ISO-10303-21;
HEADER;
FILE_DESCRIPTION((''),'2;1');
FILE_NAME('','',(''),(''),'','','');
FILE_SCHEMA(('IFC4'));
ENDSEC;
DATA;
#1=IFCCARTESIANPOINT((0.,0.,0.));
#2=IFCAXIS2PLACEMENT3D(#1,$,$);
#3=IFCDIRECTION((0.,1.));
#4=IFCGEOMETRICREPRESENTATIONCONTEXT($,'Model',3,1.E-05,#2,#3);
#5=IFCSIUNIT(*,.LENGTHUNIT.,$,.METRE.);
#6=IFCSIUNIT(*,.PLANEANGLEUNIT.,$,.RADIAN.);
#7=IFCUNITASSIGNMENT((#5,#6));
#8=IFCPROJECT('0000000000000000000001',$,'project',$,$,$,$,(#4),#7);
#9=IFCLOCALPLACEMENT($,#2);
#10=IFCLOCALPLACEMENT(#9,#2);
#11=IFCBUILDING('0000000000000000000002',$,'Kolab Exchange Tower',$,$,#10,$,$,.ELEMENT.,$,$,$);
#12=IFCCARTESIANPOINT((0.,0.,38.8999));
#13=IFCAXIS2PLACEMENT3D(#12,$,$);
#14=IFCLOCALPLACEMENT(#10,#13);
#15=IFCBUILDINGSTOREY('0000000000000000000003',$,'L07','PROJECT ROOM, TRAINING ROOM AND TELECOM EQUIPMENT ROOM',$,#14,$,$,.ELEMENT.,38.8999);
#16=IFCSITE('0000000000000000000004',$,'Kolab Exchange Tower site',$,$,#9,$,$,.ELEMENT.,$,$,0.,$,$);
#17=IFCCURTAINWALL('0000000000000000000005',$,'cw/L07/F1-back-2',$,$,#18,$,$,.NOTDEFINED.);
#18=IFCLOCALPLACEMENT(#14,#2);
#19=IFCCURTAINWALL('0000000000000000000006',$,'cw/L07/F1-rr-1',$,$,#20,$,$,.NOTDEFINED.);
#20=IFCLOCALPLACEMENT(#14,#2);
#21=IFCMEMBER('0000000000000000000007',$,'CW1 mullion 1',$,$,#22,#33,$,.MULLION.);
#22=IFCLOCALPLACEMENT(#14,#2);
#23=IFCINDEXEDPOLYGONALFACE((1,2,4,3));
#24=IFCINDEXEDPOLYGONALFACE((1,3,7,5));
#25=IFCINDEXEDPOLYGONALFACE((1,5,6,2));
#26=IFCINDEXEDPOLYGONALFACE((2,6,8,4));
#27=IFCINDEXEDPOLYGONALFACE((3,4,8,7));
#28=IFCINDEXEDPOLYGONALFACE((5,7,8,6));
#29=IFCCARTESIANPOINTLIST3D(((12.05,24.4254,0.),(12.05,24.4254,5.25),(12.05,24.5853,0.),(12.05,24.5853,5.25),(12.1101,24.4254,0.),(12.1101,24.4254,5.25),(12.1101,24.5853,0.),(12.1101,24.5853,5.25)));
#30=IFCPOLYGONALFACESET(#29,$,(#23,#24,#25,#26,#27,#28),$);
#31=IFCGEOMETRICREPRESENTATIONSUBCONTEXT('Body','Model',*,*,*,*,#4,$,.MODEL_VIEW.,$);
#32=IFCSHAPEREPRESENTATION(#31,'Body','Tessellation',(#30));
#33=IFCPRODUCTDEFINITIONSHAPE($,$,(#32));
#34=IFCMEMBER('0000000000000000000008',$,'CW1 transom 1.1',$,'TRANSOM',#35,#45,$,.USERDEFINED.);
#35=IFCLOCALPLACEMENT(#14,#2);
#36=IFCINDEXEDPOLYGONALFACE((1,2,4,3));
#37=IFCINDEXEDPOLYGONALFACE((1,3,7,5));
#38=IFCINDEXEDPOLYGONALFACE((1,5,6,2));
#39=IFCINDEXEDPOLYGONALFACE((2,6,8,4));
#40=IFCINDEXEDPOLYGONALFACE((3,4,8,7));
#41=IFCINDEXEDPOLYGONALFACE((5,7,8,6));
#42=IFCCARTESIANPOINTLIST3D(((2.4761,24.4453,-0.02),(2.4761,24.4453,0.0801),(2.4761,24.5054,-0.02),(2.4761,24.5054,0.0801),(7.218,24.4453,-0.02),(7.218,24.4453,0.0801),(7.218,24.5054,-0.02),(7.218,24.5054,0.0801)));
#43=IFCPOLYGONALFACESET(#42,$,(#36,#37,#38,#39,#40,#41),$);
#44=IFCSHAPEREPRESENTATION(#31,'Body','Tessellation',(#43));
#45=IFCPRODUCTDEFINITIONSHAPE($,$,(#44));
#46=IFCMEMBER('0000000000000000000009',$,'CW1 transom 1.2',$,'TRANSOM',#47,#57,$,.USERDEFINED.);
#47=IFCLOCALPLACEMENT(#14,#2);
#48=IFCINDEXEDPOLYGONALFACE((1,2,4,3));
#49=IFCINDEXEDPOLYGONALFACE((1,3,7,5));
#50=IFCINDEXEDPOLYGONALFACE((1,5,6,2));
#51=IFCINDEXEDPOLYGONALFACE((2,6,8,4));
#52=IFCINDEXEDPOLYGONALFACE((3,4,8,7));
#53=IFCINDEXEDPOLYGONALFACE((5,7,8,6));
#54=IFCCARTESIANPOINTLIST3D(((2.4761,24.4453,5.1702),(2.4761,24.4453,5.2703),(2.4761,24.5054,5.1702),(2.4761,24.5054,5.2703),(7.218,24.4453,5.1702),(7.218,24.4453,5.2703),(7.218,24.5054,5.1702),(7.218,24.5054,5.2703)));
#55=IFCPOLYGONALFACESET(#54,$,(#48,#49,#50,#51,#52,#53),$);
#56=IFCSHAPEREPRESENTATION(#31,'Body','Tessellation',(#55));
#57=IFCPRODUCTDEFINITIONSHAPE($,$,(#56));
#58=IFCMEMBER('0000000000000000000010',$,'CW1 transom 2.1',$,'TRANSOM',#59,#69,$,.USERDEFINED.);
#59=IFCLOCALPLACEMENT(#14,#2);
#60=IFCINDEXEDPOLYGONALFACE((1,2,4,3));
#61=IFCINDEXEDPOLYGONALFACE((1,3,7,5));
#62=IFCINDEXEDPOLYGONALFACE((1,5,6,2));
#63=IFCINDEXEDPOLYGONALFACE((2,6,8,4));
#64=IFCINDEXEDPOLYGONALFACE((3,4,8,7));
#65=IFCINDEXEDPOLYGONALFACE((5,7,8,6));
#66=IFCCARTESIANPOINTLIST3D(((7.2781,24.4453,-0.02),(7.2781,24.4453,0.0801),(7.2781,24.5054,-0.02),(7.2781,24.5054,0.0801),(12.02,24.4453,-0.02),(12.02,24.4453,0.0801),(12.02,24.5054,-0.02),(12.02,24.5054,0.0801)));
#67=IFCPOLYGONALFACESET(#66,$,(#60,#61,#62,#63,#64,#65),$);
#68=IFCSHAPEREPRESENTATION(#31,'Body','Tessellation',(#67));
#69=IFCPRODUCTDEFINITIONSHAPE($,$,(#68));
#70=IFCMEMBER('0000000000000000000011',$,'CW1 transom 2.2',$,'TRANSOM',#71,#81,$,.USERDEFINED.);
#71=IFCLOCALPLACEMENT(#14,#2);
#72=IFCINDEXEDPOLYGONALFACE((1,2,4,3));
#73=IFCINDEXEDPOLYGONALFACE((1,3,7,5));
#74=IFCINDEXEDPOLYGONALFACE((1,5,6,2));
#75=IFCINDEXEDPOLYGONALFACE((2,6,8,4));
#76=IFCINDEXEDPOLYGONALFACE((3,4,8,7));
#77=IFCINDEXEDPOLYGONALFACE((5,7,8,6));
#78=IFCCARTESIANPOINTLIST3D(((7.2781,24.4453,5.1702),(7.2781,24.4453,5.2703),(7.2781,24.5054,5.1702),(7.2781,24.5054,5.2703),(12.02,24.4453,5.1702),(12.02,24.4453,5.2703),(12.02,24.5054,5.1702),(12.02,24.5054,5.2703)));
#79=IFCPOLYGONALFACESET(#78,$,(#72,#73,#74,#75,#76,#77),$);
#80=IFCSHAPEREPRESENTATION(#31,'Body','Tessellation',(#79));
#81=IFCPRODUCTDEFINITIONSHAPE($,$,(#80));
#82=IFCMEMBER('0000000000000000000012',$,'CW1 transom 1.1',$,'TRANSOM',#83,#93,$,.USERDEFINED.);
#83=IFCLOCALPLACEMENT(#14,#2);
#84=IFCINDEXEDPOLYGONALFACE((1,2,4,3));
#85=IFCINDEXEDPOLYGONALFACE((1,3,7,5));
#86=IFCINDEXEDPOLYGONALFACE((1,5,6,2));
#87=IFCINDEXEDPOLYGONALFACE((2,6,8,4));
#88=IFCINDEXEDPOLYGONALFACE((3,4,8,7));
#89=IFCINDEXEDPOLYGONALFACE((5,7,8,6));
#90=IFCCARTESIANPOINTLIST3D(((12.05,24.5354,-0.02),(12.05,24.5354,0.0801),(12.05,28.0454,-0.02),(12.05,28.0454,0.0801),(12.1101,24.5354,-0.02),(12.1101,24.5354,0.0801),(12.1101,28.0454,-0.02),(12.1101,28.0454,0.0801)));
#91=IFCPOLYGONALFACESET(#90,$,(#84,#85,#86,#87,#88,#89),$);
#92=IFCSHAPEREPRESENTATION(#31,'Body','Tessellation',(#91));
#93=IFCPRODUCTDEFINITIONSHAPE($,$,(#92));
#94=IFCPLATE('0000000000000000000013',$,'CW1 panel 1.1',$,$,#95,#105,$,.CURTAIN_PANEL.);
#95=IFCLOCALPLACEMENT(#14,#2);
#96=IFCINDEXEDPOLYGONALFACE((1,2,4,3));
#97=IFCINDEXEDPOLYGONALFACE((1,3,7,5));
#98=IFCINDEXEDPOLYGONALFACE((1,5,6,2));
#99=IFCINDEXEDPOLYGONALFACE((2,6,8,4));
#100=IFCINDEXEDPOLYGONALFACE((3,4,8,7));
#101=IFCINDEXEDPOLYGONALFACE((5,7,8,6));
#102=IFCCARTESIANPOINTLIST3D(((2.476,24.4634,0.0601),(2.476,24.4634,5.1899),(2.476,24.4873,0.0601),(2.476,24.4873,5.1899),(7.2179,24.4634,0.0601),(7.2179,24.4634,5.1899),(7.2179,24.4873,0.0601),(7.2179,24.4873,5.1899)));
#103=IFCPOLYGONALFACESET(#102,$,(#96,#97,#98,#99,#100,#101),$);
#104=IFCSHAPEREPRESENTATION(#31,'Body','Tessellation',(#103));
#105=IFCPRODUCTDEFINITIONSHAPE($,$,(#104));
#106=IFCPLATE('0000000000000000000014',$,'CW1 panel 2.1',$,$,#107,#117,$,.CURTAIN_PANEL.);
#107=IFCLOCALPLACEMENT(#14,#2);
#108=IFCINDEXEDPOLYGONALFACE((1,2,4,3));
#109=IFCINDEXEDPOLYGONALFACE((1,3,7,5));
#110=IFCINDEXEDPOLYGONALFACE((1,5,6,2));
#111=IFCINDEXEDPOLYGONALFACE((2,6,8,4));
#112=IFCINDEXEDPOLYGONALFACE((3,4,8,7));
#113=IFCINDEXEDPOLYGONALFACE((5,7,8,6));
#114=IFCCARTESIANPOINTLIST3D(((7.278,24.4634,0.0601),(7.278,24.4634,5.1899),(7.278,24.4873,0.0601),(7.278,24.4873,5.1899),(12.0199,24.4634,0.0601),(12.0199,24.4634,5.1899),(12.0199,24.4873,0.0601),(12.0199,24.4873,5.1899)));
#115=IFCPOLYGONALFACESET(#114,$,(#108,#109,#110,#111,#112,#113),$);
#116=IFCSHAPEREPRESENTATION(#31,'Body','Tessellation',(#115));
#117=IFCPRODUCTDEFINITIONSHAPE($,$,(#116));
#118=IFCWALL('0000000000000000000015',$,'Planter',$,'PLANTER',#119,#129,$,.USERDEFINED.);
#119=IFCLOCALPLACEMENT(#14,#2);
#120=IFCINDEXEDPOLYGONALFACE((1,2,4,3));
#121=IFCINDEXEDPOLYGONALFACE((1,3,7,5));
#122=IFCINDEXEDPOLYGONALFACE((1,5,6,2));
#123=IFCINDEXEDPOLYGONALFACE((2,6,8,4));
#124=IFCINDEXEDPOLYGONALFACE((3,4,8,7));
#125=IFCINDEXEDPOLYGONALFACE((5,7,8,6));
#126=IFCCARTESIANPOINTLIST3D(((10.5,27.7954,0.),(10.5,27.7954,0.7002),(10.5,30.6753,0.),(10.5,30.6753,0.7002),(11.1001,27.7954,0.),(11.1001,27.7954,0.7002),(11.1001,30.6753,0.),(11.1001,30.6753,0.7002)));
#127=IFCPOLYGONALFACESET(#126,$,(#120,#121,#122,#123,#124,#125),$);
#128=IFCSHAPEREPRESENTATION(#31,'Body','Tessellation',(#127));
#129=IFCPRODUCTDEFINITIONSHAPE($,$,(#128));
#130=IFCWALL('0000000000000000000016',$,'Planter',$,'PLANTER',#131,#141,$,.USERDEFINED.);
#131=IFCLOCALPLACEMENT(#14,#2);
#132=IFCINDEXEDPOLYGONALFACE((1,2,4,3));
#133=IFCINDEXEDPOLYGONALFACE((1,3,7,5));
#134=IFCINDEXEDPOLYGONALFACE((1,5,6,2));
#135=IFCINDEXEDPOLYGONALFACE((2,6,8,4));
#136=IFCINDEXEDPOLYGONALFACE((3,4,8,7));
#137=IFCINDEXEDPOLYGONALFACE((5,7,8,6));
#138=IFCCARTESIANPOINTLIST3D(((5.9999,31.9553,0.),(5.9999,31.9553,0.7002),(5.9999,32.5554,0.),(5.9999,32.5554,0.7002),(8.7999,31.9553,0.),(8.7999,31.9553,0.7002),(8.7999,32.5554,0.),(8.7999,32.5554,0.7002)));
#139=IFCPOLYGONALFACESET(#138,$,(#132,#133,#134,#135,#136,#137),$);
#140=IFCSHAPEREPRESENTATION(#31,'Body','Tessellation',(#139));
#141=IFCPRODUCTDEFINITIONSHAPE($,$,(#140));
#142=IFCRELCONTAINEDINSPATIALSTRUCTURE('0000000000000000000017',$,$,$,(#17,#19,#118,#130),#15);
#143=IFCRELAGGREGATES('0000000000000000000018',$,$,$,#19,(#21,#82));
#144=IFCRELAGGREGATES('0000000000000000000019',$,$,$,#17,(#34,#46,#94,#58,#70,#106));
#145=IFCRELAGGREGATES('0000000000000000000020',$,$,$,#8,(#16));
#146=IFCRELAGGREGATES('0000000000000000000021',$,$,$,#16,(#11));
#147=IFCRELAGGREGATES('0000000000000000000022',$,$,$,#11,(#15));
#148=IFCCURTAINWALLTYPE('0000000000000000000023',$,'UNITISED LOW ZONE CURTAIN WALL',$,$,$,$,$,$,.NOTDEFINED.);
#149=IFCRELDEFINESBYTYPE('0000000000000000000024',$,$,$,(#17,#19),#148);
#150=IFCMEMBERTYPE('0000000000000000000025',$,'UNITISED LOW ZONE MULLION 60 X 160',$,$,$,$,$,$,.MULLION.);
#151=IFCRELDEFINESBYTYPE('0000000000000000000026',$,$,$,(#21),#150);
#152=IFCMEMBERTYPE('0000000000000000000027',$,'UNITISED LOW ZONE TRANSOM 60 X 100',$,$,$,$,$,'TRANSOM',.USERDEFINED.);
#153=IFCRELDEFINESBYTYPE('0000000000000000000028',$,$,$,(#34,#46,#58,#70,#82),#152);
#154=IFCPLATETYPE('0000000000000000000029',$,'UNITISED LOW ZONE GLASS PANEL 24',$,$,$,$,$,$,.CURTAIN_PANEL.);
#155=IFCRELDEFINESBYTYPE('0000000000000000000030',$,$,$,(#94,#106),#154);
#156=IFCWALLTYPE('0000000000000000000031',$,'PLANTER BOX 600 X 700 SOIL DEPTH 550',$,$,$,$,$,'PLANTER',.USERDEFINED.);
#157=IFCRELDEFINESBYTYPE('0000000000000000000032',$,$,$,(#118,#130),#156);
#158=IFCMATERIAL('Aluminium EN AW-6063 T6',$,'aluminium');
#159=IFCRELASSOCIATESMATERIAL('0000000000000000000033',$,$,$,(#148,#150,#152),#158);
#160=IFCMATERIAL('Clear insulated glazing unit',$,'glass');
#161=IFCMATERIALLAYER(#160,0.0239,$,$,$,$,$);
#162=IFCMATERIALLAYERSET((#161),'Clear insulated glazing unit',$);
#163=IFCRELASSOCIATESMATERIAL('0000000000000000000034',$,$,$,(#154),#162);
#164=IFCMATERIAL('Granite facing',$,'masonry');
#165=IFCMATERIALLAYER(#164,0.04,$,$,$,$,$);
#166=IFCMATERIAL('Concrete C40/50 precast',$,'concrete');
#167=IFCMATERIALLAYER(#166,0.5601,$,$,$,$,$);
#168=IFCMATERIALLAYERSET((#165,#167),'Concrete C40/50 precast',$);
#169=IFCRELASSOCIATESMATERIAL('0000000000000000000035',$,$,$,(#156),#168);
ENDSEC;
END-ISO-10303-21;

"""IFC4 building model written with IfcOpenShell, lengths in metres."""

from ifc_helpers import new_model, si_unit, direction, frame, frame_2d, origin, origin_2d, place, context, subcontext, project, spatial, rectangle, extrude, material, layer, layer_set, material_profile, profile_set, type_object, element, aggregate, save


model = new_model("IFC4")

# Units and contexts
model_context = context("Model", 3, precision=1e-05, world=origin(), true_north=direction((0.0, 1.0)))
body_context = subcontext(model_context, "Body", "Model", "MODEL_VIEW")
ifc_project = project(units=[si_unit("LENGTHUNIT", "METRE"), si_unit("PLANEANGLEUNIT", "RADIAN")], contexts=[model_context])

# Site, building, storey
site_placement = place(None, origin())
site = spatial("IfcSite", under=ifc_project, at=site_placement, Name="Kolab Exchange Tower site", CompositionType="ELEMENT", RefElevation=0.0)
building_placement = place(site_placement, origin())
building = spatial("IfcBuilding", under=site, at=building_placement, Name="Kolab Exchange Tower", CompositionType="ELEMENT")
storey_placement = place(building_placement, frame((0.0, 0.0, 38.8999)))
storey = spatial("IfcBuildingStorey", under=building, at=storey_placement, Name="L07", Description="PROJECT ROOM, TRAINING ROOM AND TELECOM EQUIPMENT ROOM", CompositionType="ELEMENT", Elevation=38.8999)

# Curtain wall
ifc_material_1 = material(Name="Aluminium EN AW-6063 T6", Category="aluminium")
curtain_wall_type = type_object("IfcCurtainWallType", Name="UNITISED LOW ZONE CURTAIN WALL", PredefinedType="NOTDEFINED", material=ifc_material_1)
curtain_wall_1_placement = place(storey_placement, origin())
curtain_wall_1 = element("IfcCurtainWall", 1, at=curtain_wall_1_placement, inside=storey, type_object=curtain_wall_type, Name="cw/L07/F1-back-2", PredefinedType="NOTDEFINED")
ifc_material_profile_1 = material_profile(ifc_material_1, rectangle(XDim=0.0601, YDim=0.1599, at=origin_2d()), Name="RECT 60X160")
ifc_profile_set_1 = profile_set([ifc_material_profile_1], Name="Aluminium EN AW-6063 T6")
member_type_1 = type_object("IfcMemberType", Name="UNITISED LOW ZONE MULLION 60 X 160", PredefinedType="MULLION", material=ifc_profile_set_1)

# Curtain wall, member
curtain_wall_2_placement = place(storey_placement, origin())
curtain_wall_2 = element("IfcCurtainWall", 2, at=curtain_wall_2_placement, inside=storey, type_object=curtain_wall_type, Name="cw/L07/F1-rr-1", PredefinedType="NOTDEFINED")
member_1_placement = place(storey_placement, frame((12.0801, 24.5054, 0.0), z_axis=(0.0, 0.0, 1.0), x_axis=(-1.0, 0.0, 0.0)))
member_1 = element("IfcMember", 3, at=member_1_placement, type_object=member_type_1, Name="CW1 mullion 1", PredefinedType="MULLION", context=body_context, shape_type="SweptSolid", body=[
    extrude(rectangle(XDim=0.0601, YDim=0.1599, at=origin_2d()), origin(), (0.0, 0.0, 1.0), 5.25),
])

# Members
ifc_material_profile_2 = material_profile(ifc_material_1, rectangle(XDim=0.0601, YDim=0.1001, at=origin_2d()), Name="RECT 60X100")
ifc_profile_set_2 = profile_set([ifc_material_profile_2], Name="Aluminium EN AW-6063 T6")
member_type_2 = type_object("IfcMemberType", Name="UNITISED LOW ZONE TRANSOM 60 X 100", ElementType="TRANSOM", PredefinedType="USERDEFINED", material=ifc_profile_set_2)
member_2_placement = place(storey_placement, frame((2.4761, 24.4753, 0.03), z_axis=(1.0, 0.0, 0.0), x_axis=(0.0, 1.0, 0.0)))
member_2 = element("IfcMember", 4, at=member_2_placement, type_object=member_type_2, Name="CW1 transom 1.1", ObjectType="TRANSOM", PredefinedType="USERDEFINED", context=body_context, shape_type="SweptSolid", body=[
    extrude(rectangle(XDim=0.0601, YDim=0.1001, at=origin_2d()), origin(), (0.0, 0.0, 1.0), 4.7419),
])
member_3_placement = place(storey_placement, frame((2.4761, 24.4753, 5.2202), z_axis=(1.0, 0.0, 0.0), x_axis=(0.0, 1.0, 0.0)))
member_3 = element("IfcMember", 5, at=member_3_placement, type_object=member_type_2, Name="CW1 transom 1.2", ObjectType="TRANSOM", PredefinedType="USERDEFINED", context=body_context, shape_type="SweptSolid", body=[
    extrude(rectangle(XDim=0.0601, YDim=0.1001, at=origin_2d()), origin(), (0.0, 0.0, 1.0), 4.7419),
])
member_4_placement = place(storey_placement, frame((7.2781, 24.4753, 0.03), z_axis=(1.0, 0.0, 0.0), x_axis=(0.0, 1.0, 0.0)))
member_4 = element("IfcMember", 6, at=member_4_placement, type_object=member_type_2, Name="CW1 transom 2.1", ObjectType="TRANSOM", PredefinedType="USERDEFINED", context=body_context, shape_type="SweptSolid", body=[
    extrude(rectangle(XDim=0.0601, YDim=0.1001, at=origin_2d()), origin(), (0.0, 0.0, 1.0), 4.7419),
])
member_5_placement = place(storey_placement, frame((7.2781, 24.4753, 5.2202), z_axis=(1.0, 0.0, 0.0), x_axis=(0.0, 1.0, 0.0)))
member_5 = element("IfcMember", 7, at=member_5_placement, type_object=member_type_2, Name="CW1 transom 2.2", ObjectType="TRANSOM", PredefinedType="USERDEFINED", context=body_context, shape_type="SweptSolid", body=[
    extrude(rectangle(XDim=0.0601, YDim=0.1001, at=origin_2d()), origin(), (0.0, 0.0, 1.0), 4.7419),
])
member_6_placement = place(storey_placement, frame((12.0801, 24.5354, 0.03), z_axis=(0.0, 1.0, 0.0), x_axis=(-1.0, 0.0, 0.0)))
member_6 = element("IfcMember", 8, at=member_6_placement, type_object=member_type_2, Name="CW1 transom 1.1", ObjectType="TRANSOM", PredefinedType="USERDEFINED", context=body_context, shape_type="SweptSolid", body=[
    extrude(rectangle(XDim=0.0601, YDim=0.1001, at=origin_2d()), origin(), (0.0, 0.0, 1.0), 3.51),
])
aggregate(curtain_wall_2, [member_1, member_6])

# Plates
ifc_material_2 = material(Name="Clear insulated glazing unit", Category="glass")
ifc_layer_1 = layer(ifc_material_2, 0.0239)
ifc_layer_set_1 = layer_set([ifc_layer_1], Name="Clear insulated glazing unit")
plate_type = type_object("IfcPlateType", Name="UNITISED LOW ZONE GLASS PANEL 24", PredefinedType="CURTAIN_PANEL", material=ifc_layer_set_1)
plate_1_placement = place(storey_placement, frame((4.8469, 24.4753, 0.0601), z_axis=(0.0, 0.0, 1.0), x_axis=(1.0, 0.0, 0.0)))
plate_1 = element("IfcPlate", 9, at=plate_1_placement, type_object=plate_type, Name="CW1 panel 1.1", PredefinedType="CURTAIN_PANEL", context=body_context, shape_type="SweptSolid", body=[
    extrude(rectangle(XDim=4.7419, YDim=0.0239, at=origin_2d()), origin(), (0.0, 0.0, 1.0), 5.1299),
])
plate_2_placement = place(storey_placement, frame((9.6489, 24.4753, 0.0601), z_axis=(0.0, 0.0, 1.0), x_axis=(1.0, 0.0, 0.0)))
plate_2 = element("IfcPlate", 10, at=plate_2_placement, type_object=plate_type, Name="CW1 panel 2.1", PredefinedType="CURTAIN_PANEL", context=body_context, shape_type="SweptSolid", body=[
    extrude(rectangle(XDim=4.7419, YDim=0.0239, at=origin_2d()), origin(), (0.0, 0.0, 1.0), 5.1299),
])
aggregate(curtain_wall_1, [member_2, member_3, plate_1, member_4, member_5, plate_2])

# Walls
ifc_material_3 = material(Name="Granite facing", Category="masonry")
ifc_layer_2 = layer(ifc_material_3, 0.04)
ifc_material_4 = material(Name="Concrete C40/50 precast", Category="concrete")
ifc_layer_3 = layer(ifc_material_4, 0.5601)
ifc_layer_set_2 = layer_set([ifc_layer_2, ifc_layer_3], Name="Concrete C40/50 precast")
wall_type = type_object("IfcWallType", Name="PLANTER BOX 600 X 700 SOIL DEPTH 550", ElementType="PLANTER", PredefinedType="USERDEFINED", material=ifc_layer_set_2)
wall_1_placement = place(storey_placement, frame((10.8, 27.7954, 0.0), z_axis=(0.0, 0.0, 1.0), x_axis=(0.0, 1.0, 0.0)))
element("IfcWall", 11, at=wall_1_placement, inside=storey, type_object=wall_type, Name="Planter", ObjectType="PLANTER", PredefinedType="USERDEFINED", context=body_context, shape_type="SweptSolid", body=[
    extrude(rectangle(XDim=2.8799, YDim=0.6001, at=frame_2d((1.4399, 0.0))), origin(), (0.0, 0.0, 1.0), 0.7002),
])
wall_2_placement = place(storey_placement, frame((6.0, 32.2554, 0.0), z_axis=(0.0, 0.0, 1.0), x_axis=(1.0, 0.0, 0.0)))
element("IfcWall", 12, at=wall_2_placement, inside=storey, type_object=wall_type, Name="Planter", ObjectType="PLANTER", PredefinedType="USERDEFINED", context=body_context, shape_type="SweptSolid", body=[
    extrude(rectangle(XDim=2.8, YDim=0.6001, at=frame_2d((1.3999, 0.0))), origin(), (0.0, 0.0, 1.0), 0.7002),
])

save(model, "model.ifc")
